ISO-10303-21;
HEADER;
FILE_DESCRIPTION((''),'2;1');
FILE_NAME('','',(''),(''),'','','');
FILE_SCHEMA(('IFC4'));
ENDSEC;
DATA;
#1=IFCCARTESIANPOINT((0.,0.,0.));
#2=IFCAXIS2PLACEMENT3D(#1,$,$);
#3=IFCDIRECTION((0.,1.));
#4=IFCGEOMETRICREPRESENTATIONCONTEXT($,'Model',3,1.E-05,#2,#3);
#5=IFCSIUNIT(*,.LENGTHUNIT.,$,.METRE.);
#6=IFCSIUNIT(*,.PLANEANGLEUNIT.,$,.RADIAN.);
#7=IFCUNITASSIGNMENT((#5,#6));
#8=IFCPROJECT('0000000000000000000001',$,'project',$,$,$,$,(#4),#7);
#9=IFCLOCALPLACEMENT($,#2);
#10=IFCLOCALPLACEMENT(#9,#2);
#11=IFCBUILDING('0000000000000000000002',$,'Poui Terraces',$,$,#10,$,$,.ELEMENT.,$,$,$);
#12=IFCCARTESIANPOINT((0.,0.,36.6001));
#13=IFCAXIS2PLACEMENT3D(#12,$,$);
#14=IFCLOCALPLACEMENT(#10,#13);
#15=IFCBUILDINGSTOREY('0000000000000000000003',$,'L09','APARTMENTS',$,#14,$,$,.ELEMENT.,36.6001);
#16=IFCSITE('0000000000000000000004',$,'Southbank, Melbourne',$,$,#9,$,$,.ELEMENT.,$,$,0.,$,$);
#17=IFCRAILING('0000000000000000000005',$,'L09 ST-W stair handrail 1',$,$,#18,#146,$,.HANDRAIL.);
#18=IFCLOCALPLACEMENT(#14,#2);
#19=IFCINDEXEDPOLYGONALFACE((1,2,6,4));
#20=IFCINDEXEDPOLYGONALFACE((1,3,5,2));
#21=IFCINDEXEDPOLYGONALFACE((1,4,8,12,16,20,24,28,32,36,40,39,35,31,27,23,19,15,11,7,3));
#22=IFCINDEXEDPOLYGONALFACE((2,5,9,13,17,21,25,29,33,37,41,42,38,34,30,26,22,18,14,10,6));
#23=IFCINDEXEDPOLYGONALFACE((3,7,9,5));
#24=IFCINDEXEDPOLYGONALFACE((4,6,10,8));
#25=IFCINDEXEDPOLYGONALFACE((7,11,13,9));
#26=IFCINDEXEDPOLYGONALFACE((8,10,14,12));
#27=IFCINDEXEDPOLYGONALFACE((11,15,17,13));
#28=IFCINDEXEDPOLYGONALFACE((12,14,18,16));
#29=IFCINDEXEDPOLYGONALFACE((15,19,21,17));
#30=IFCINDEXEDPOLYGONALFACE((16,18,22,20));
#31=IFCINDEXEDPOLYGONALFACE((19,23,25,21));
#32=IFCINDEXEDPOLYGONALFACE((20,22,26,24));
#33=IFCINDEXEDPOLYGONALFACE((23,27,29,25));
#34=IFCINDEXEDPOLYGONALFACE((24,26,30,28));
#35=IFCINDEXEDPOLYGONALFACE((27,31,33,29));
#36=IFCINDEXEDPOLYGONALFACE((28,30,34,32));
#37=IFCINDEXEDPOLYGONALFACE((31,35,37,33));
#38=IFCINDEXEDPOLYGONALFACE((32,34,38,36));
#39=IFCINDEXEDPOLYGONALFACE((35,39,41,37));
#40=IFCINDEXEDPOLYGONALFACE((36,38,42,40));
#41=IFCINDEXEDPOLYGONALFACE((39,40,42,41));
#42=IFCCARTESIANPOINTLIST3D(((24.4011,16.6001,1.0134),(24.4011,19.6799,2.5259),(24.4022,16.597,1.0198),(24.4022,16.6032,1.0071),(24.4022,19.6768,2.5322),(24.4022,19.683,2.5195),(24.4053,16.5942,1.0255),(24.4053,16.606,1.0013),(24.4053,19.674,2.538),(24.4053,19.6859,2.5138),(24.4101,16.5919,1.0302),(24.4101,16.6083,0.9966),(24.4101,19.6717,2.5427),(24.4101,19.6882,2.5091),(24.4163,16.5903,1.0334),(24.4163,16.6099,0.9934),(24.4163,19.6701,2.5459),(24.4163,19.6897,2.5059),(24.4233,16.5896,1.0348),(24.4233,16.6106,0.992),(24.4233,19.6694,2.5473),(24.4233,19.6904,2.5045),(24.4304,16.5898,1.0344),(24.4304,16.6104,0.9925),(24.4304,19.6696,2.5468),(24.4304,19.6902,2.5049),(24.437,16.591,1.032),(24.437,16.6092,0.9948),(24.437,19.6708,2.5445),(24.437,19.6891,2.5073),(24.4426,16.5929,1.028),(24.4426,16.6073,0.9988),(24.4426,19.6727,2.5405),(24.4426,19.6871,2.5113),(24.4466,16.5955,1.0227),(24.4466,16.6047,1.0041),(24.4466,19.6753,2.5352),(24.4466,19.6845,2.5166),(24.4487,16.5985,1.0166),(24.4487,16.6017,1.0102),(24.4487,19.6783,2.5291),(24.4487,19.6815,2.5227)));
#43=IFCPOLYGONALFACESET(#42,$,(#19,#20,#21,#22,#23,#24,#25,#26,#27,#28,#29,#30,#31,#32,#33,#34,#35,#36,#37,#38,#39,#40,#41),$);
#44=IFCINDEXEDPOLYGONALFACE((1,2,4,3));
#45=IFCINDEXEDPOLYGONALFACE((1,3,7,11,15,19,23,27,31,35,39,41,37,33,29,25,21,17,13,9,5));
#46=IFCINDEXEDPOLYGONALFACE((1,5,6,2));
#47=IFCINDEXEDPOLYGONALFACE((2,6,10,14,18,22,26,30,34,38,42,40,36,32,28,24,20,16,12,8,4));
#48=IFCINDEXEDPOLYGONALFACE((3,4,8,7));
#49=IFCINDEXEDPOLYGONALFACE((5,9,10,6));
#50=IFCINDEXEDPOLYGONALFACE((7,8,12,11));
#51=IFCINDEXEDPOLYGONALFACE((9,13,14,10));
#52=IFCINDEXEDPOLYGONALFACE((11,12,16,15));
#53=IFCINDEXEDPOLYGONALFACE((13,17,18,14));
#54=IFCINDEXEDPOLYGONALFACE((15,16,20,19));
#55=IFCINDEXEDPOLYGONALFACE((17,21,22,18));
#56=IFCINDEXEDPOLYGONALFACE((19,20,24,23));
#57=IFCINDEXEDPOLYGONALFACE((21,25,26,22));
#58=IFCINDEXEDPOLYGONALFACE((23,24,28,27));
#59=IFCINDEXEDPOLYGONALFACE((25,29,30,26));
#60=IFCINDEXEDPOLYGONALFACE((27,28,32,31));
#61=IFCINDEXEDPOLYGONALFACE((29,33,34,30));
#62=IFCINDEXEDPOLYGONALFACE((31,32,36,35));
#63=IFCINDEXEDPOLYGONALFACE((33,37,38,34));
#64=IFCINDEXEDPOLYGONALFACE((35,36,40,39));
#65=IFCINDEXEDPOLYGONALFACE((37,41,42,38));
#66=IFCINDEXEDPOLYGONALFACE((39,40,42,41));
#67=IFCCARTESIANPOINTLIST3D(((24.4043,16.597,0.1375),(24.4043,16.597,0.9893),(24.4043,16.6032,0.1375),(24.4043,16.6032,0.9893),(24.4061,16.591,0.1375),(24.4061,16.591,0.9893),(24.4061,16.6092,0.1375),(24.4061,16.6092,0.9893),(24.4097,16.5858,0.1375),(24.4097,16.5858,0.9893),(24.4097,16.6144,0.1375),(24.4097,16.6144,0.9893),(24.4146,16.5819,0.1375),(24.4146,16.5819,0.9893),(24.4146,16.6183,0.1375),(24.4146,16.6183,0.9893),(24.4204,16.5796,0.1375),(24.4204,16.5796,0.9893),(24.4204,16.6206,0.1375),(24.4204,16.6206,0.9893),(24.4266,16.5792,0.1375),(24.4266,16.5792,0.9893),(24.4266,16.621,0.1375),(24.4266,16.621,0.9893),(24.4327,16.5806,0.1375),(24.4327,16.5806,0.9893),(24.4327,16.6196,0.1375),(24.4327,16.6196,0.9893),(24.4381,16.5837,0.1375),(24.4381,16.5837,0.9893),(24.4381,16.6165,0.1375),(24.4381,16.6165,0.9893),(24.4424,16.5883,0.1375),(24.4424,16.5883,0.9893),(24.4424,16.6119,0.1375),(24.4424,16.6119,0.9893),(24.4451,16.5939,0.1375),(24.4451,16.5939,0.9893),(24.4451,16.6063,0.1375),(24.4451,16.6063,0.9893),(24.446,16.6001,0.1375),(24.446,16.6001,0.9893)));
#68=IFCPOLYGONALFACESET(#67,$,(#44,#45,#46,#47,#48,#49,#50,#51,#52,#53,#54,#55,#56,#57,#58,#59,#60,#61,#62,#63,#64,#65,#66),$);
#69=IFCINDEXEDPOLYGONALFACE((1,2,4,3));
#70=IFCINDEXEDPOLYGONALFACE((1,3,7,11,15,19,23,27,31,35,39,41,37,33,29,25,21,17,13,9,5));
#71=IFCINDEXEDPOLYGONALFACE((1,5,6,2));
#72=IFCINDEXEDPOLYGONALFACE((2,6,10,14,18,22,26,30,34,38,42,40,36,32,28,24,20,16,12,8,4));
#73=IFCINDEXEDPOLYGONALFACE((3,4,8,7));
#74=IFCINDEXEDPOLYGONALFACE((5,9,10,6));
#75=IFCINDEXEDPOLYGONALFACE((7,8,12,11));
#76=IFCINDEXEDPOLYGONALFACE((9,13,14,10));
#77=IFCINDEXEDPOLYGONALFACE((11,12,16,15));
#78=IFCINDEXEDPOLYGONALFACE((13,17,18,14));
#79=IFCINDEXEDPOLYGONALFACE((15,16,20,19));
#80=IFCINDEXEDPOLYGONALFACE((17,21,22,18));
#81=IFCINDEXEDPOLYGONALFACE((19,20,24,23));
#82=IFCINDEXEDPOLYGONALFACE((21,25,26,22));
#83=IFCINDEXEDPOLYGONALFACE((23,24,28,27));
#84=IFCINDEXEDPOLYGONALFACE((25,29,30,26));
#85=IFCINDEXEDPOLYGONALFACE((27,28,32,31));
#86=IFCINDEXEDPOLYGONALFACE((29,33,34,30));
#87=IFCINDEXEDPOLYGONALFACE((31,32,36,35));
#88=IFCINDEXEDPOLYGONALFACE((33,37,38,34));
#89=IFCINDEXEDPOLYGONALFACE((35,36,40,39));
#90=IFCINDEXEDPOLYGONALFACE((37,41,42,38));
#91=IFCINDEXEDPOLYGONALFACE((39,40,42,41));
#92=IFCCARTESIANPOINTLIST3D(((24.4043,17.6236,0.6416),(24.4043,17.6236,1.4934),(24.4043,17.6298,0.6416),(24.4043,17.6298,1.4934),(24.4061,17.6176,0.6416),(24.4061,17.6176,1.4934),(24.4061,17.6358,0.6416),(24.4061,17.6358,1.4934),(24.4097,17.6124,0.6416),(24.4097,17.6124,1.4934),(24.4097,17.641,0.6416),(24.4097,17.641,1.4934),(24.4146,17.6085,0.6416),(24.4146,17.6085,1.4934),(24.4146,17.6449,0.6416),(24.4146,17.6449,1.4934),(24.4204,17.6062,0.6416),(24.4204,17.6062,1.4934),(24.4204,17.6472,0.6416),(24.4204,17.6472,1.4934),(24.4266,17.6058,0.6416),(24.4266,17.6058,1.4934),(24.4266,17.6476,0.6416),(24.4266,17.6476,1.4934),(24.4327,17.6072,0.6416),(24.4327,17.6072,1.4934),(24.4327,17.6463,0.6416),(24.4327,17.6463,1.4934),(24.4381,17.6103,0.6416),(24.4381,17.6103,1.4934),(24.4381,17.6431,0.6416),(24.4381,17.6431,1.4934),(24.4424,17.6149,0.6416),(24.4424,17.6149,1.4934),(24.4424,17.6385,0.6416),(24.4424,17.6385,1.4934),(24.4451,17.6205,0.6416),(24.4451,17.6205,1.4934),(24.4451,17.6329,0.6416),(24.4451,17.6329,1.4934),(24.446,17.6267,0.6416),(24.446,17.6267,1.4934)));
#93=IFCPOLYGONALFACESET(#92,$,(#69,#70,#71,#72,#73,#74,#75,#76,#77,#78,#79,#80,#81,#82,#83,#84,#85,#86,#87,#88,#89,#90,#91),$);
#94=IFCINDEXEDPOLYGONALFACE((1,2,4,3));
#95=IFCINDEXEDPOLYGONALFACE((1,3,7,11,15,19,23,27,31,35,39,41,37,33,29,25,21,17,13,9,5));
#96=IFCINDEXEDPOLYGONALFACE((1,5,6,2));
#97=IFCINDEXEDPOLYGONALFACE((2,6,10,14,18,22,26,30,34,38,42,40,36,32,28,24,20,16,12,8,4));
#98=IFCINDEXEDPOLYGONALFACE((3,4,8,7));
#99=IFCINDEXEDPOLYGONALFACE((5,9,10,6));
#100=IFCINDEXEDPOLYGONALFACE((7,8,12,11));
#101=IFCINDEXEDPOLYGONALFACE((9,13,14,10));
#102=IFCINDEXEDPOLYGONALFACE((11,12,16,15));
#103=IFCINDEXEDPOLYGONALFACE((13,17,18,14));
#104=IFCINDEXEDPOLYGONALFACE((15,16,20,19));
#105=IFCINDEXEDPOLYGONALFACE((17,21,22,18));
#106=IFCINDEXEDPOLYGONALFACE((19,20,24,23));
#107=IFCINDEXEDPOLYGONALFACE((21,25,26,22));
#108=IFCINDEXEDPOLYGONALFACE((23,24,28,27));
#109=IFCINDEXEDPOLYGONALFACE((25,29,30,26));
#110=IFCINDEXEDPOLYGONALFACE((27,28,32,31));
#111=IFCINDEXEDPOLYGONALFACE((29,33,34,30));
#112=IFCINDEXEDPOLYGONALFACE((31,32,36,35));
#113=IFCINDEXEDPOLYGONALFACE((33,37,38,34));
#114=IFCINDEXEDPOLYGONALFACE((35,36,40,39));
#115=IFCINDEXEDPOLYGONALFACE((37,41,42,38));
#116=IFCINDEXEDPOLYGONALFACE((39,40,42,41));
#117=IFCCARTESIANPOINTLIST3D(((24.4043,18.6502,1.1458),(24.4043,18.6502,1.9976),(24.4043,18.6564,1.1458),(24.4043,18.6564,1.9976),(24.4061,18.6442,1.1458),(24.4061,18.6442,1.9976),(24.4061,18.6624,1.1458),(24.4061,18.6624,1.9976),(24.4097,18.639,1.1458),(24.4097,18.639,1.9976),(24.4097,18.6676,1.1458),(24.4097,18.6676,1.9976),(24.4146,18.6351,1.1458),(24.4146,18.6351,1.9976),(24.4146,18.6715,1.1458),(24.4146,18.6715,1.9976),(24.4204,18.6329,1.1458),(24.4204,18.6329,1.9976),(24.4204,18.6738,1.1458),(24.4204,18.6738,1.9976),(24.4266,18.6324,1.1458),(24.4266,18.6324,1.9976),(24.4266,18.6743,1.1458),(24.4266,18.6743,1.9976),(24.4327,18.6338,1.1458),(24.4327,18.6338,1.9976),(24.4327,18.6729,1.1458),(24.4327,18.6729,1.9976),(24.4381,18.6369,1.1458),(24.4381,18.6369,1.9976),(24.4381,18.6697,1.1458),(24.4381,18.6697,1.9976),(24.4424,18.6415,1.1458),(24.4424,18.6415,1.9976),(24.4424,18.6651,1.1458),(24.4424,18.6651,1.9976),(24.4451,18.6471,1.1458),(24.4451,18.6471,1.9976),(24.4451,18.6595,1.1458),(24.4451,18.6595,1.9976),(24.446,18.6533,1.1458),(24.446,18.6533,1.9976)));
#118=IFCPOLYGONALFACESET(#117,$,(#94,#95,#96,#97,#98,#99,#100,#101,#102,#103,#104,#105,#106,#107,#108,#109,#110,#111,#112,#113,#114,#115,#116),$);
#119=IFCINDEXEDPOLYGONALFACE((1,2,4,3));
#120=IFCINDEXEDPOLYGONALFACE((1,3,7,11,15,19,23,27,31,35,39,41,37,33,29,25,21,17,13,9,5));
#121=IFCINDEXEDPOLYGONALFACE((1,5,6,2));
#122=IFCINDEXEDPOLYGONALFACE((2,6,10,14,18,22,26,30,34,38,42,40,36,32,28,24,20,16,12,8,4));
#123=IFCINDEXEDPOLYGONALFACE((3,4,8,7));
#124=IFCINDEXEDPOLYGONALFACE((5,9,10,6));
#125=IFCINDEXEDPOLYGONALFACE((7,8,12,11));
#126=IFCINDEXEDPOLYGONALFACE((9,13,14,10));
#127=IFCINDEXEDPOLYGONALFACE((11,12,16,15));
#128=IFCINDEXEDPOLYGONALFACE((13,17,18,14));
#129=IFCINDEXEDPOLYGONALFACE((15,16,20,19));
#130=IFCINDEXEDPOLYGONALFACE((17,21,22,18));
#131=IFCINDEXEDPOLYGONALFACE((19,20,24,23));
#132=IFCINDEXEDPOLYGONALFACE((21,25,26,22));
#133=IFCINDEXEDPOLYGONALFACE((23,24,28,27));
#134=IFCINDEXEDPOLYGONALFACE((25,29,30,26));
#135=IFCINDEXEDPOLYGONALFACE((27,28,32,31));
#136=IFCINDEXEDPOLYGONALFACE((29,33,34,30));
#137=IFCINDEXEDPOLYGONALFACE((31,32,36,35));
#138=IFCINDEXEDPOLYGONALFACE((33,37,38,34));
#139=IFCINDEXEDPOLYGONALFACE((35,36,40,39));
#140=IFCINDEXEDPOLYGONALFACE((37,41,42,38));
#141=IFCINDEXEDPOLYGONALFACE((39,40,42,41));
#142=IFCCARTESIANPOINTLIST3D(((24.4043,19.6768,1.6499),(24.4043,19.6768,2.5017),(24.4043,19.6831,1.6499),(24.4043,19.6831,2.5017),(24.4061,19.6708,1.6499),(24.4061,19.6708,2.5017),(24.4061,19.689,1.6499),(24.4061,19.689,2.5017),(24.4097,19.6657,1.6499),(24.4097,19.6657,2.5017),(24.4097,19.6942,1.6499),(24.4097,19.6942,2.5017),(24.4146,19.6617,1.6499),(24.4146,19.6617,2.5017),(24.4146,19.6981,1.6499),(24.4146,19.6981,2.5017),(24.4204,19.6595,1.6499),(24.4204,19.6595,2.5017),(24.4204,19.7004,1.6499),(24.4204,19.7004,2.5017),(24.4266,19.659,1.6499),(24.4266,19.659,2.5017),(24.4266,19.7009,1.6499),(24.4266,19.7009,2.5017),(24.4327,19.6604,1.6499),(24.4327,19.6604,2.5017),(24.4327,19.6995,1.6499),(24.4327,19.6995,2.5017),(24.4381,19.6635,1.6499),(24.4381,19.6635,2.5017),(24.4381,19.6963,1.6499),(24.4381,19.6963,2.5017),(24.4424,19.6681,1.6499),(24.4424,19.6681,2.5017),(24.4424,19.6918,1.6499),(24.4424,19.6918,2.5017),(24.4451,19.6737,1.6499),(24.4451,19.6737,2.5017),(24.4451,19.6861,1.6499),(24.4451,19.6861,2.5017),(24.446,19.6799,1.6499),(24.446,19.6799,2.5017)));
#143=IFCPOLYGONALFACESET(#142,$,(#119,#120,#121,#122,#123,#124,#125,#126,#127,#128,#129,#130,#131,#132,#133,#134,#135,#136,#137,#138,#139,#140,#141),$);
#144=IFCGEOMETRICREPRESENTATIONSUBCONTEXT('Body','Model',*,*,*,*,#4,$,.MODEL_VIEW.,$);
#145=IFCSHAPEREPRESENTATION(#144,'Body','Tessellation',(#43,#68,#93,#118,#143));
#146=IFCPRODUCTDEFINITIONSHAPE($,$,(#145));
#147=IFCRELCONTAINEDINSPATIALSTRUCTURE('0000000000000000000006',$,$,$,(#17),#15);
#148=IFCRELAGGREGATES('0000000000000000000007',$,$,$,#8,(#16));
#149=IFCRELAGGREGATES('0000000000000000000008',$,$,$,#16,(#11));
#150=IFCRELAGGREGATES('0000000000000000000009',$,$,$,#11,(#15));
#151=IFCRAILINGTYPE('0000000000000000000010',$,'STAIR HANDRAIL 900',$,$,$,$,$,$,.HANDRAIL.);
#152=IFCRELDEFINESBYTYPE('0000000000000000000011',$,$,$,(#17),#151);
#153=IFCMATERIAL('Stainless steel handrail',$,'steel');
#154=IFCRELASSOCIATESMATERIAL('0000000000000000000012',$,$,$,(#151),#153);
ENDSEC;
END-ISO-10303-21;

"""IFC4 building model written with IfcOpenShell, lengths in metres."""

from ifc_helpers import new_model, si_unit, direction, frame, origin, origin_2d, place, context, subcontext, project, spatial, circle, extrude, material, type_object, element, save


model = new_model("IFC4")

# Units and contexts
model_context = context("Model", 3, precision=1e-05, world=origin(), true_north=direction((0.0, 1.0)))
body_context = subcontext(model_context, "Body", "Model", "MODEL_VIEW")
ifc_project = project(units=[si_unit("LENGTHUNIT", "METRE"), si_unit("PLANEANGLEUNIT", "RADIAN")], contexts=[model_context])

# Site, building, storey
site_placement = place(None, origin())
site = spatial("IfcSite", under=ifc_project, at=site_placement, Name="Southbank, Melbourne", CompositionType="ELEMENT", RefElevation=0.0)
building_placement = place(site_placement, origin())
building = spatial("IfcBuilding", under=site, at=building_placement, Name="Poui Terraces", CompositionType="ELEMENT")
storey_placement = place(building_placement, frame((0.0, 0.0, 36.6001)))
storey = spatial("IfcBuildingStorey", under=building, at=storey_placement, Name="L09", Description="APARTMENTS", CompositionType="ELEMENT", Elevation=36.6001)

# Railing
ifc_material_1 = material(Name="Stainless steel handrail", Category="steel")
railing_type_1 = type_object("IfcRailingType", Name="STAIR HANDRAIL 900", PredefinedType="HANDRAIL", material=ifc_material_1)
railing_1_placement = place(storey_placement, frame((24.425, 16.6001, 0.1375)))
element("IfcRailing", 1, at=railing_1_placement, inside=storey, type_object=railing_type_1, Name="L09 ST-W stair handrail 1", PredefinedType="HANDRAIL", context=body_context, shape_type="SweptSolid", body=[
    extrude(circle(Radius=0.0239, at=origin_2d()), frame((0.0, 0.0, 0.876), z_axis=(0.0, 0.897606, 0.440798), x_axis=(-1.0, 0.0, 0.0)), (0.0, 0.0, 1.0), 3.4312),
    extrude(circle(Radius=0.021, at=origin_2d()), origin(), (0.0, 0.0, 1.0), 0.8518),
    extrude(circle(Radius=0.021, at=origin_2d()), frame((0.0, 1.0266, 0.5042)), (0.0, 0.0, 1.0), 0.8518),
    extrude(circle(Radius=0.021, at=origin_2d()), frame((0.0, 2.0532, 1.0083)), (0.0, 0.0, 1.0), 0.8518),
    extrude(circle(Radius=0.021, at=origin_2d()), frame((0.0, 3.0798, 1.5125)), (0.0, 0.0, 1.0), 0.8518),
])

save(model, "model.ifc")
